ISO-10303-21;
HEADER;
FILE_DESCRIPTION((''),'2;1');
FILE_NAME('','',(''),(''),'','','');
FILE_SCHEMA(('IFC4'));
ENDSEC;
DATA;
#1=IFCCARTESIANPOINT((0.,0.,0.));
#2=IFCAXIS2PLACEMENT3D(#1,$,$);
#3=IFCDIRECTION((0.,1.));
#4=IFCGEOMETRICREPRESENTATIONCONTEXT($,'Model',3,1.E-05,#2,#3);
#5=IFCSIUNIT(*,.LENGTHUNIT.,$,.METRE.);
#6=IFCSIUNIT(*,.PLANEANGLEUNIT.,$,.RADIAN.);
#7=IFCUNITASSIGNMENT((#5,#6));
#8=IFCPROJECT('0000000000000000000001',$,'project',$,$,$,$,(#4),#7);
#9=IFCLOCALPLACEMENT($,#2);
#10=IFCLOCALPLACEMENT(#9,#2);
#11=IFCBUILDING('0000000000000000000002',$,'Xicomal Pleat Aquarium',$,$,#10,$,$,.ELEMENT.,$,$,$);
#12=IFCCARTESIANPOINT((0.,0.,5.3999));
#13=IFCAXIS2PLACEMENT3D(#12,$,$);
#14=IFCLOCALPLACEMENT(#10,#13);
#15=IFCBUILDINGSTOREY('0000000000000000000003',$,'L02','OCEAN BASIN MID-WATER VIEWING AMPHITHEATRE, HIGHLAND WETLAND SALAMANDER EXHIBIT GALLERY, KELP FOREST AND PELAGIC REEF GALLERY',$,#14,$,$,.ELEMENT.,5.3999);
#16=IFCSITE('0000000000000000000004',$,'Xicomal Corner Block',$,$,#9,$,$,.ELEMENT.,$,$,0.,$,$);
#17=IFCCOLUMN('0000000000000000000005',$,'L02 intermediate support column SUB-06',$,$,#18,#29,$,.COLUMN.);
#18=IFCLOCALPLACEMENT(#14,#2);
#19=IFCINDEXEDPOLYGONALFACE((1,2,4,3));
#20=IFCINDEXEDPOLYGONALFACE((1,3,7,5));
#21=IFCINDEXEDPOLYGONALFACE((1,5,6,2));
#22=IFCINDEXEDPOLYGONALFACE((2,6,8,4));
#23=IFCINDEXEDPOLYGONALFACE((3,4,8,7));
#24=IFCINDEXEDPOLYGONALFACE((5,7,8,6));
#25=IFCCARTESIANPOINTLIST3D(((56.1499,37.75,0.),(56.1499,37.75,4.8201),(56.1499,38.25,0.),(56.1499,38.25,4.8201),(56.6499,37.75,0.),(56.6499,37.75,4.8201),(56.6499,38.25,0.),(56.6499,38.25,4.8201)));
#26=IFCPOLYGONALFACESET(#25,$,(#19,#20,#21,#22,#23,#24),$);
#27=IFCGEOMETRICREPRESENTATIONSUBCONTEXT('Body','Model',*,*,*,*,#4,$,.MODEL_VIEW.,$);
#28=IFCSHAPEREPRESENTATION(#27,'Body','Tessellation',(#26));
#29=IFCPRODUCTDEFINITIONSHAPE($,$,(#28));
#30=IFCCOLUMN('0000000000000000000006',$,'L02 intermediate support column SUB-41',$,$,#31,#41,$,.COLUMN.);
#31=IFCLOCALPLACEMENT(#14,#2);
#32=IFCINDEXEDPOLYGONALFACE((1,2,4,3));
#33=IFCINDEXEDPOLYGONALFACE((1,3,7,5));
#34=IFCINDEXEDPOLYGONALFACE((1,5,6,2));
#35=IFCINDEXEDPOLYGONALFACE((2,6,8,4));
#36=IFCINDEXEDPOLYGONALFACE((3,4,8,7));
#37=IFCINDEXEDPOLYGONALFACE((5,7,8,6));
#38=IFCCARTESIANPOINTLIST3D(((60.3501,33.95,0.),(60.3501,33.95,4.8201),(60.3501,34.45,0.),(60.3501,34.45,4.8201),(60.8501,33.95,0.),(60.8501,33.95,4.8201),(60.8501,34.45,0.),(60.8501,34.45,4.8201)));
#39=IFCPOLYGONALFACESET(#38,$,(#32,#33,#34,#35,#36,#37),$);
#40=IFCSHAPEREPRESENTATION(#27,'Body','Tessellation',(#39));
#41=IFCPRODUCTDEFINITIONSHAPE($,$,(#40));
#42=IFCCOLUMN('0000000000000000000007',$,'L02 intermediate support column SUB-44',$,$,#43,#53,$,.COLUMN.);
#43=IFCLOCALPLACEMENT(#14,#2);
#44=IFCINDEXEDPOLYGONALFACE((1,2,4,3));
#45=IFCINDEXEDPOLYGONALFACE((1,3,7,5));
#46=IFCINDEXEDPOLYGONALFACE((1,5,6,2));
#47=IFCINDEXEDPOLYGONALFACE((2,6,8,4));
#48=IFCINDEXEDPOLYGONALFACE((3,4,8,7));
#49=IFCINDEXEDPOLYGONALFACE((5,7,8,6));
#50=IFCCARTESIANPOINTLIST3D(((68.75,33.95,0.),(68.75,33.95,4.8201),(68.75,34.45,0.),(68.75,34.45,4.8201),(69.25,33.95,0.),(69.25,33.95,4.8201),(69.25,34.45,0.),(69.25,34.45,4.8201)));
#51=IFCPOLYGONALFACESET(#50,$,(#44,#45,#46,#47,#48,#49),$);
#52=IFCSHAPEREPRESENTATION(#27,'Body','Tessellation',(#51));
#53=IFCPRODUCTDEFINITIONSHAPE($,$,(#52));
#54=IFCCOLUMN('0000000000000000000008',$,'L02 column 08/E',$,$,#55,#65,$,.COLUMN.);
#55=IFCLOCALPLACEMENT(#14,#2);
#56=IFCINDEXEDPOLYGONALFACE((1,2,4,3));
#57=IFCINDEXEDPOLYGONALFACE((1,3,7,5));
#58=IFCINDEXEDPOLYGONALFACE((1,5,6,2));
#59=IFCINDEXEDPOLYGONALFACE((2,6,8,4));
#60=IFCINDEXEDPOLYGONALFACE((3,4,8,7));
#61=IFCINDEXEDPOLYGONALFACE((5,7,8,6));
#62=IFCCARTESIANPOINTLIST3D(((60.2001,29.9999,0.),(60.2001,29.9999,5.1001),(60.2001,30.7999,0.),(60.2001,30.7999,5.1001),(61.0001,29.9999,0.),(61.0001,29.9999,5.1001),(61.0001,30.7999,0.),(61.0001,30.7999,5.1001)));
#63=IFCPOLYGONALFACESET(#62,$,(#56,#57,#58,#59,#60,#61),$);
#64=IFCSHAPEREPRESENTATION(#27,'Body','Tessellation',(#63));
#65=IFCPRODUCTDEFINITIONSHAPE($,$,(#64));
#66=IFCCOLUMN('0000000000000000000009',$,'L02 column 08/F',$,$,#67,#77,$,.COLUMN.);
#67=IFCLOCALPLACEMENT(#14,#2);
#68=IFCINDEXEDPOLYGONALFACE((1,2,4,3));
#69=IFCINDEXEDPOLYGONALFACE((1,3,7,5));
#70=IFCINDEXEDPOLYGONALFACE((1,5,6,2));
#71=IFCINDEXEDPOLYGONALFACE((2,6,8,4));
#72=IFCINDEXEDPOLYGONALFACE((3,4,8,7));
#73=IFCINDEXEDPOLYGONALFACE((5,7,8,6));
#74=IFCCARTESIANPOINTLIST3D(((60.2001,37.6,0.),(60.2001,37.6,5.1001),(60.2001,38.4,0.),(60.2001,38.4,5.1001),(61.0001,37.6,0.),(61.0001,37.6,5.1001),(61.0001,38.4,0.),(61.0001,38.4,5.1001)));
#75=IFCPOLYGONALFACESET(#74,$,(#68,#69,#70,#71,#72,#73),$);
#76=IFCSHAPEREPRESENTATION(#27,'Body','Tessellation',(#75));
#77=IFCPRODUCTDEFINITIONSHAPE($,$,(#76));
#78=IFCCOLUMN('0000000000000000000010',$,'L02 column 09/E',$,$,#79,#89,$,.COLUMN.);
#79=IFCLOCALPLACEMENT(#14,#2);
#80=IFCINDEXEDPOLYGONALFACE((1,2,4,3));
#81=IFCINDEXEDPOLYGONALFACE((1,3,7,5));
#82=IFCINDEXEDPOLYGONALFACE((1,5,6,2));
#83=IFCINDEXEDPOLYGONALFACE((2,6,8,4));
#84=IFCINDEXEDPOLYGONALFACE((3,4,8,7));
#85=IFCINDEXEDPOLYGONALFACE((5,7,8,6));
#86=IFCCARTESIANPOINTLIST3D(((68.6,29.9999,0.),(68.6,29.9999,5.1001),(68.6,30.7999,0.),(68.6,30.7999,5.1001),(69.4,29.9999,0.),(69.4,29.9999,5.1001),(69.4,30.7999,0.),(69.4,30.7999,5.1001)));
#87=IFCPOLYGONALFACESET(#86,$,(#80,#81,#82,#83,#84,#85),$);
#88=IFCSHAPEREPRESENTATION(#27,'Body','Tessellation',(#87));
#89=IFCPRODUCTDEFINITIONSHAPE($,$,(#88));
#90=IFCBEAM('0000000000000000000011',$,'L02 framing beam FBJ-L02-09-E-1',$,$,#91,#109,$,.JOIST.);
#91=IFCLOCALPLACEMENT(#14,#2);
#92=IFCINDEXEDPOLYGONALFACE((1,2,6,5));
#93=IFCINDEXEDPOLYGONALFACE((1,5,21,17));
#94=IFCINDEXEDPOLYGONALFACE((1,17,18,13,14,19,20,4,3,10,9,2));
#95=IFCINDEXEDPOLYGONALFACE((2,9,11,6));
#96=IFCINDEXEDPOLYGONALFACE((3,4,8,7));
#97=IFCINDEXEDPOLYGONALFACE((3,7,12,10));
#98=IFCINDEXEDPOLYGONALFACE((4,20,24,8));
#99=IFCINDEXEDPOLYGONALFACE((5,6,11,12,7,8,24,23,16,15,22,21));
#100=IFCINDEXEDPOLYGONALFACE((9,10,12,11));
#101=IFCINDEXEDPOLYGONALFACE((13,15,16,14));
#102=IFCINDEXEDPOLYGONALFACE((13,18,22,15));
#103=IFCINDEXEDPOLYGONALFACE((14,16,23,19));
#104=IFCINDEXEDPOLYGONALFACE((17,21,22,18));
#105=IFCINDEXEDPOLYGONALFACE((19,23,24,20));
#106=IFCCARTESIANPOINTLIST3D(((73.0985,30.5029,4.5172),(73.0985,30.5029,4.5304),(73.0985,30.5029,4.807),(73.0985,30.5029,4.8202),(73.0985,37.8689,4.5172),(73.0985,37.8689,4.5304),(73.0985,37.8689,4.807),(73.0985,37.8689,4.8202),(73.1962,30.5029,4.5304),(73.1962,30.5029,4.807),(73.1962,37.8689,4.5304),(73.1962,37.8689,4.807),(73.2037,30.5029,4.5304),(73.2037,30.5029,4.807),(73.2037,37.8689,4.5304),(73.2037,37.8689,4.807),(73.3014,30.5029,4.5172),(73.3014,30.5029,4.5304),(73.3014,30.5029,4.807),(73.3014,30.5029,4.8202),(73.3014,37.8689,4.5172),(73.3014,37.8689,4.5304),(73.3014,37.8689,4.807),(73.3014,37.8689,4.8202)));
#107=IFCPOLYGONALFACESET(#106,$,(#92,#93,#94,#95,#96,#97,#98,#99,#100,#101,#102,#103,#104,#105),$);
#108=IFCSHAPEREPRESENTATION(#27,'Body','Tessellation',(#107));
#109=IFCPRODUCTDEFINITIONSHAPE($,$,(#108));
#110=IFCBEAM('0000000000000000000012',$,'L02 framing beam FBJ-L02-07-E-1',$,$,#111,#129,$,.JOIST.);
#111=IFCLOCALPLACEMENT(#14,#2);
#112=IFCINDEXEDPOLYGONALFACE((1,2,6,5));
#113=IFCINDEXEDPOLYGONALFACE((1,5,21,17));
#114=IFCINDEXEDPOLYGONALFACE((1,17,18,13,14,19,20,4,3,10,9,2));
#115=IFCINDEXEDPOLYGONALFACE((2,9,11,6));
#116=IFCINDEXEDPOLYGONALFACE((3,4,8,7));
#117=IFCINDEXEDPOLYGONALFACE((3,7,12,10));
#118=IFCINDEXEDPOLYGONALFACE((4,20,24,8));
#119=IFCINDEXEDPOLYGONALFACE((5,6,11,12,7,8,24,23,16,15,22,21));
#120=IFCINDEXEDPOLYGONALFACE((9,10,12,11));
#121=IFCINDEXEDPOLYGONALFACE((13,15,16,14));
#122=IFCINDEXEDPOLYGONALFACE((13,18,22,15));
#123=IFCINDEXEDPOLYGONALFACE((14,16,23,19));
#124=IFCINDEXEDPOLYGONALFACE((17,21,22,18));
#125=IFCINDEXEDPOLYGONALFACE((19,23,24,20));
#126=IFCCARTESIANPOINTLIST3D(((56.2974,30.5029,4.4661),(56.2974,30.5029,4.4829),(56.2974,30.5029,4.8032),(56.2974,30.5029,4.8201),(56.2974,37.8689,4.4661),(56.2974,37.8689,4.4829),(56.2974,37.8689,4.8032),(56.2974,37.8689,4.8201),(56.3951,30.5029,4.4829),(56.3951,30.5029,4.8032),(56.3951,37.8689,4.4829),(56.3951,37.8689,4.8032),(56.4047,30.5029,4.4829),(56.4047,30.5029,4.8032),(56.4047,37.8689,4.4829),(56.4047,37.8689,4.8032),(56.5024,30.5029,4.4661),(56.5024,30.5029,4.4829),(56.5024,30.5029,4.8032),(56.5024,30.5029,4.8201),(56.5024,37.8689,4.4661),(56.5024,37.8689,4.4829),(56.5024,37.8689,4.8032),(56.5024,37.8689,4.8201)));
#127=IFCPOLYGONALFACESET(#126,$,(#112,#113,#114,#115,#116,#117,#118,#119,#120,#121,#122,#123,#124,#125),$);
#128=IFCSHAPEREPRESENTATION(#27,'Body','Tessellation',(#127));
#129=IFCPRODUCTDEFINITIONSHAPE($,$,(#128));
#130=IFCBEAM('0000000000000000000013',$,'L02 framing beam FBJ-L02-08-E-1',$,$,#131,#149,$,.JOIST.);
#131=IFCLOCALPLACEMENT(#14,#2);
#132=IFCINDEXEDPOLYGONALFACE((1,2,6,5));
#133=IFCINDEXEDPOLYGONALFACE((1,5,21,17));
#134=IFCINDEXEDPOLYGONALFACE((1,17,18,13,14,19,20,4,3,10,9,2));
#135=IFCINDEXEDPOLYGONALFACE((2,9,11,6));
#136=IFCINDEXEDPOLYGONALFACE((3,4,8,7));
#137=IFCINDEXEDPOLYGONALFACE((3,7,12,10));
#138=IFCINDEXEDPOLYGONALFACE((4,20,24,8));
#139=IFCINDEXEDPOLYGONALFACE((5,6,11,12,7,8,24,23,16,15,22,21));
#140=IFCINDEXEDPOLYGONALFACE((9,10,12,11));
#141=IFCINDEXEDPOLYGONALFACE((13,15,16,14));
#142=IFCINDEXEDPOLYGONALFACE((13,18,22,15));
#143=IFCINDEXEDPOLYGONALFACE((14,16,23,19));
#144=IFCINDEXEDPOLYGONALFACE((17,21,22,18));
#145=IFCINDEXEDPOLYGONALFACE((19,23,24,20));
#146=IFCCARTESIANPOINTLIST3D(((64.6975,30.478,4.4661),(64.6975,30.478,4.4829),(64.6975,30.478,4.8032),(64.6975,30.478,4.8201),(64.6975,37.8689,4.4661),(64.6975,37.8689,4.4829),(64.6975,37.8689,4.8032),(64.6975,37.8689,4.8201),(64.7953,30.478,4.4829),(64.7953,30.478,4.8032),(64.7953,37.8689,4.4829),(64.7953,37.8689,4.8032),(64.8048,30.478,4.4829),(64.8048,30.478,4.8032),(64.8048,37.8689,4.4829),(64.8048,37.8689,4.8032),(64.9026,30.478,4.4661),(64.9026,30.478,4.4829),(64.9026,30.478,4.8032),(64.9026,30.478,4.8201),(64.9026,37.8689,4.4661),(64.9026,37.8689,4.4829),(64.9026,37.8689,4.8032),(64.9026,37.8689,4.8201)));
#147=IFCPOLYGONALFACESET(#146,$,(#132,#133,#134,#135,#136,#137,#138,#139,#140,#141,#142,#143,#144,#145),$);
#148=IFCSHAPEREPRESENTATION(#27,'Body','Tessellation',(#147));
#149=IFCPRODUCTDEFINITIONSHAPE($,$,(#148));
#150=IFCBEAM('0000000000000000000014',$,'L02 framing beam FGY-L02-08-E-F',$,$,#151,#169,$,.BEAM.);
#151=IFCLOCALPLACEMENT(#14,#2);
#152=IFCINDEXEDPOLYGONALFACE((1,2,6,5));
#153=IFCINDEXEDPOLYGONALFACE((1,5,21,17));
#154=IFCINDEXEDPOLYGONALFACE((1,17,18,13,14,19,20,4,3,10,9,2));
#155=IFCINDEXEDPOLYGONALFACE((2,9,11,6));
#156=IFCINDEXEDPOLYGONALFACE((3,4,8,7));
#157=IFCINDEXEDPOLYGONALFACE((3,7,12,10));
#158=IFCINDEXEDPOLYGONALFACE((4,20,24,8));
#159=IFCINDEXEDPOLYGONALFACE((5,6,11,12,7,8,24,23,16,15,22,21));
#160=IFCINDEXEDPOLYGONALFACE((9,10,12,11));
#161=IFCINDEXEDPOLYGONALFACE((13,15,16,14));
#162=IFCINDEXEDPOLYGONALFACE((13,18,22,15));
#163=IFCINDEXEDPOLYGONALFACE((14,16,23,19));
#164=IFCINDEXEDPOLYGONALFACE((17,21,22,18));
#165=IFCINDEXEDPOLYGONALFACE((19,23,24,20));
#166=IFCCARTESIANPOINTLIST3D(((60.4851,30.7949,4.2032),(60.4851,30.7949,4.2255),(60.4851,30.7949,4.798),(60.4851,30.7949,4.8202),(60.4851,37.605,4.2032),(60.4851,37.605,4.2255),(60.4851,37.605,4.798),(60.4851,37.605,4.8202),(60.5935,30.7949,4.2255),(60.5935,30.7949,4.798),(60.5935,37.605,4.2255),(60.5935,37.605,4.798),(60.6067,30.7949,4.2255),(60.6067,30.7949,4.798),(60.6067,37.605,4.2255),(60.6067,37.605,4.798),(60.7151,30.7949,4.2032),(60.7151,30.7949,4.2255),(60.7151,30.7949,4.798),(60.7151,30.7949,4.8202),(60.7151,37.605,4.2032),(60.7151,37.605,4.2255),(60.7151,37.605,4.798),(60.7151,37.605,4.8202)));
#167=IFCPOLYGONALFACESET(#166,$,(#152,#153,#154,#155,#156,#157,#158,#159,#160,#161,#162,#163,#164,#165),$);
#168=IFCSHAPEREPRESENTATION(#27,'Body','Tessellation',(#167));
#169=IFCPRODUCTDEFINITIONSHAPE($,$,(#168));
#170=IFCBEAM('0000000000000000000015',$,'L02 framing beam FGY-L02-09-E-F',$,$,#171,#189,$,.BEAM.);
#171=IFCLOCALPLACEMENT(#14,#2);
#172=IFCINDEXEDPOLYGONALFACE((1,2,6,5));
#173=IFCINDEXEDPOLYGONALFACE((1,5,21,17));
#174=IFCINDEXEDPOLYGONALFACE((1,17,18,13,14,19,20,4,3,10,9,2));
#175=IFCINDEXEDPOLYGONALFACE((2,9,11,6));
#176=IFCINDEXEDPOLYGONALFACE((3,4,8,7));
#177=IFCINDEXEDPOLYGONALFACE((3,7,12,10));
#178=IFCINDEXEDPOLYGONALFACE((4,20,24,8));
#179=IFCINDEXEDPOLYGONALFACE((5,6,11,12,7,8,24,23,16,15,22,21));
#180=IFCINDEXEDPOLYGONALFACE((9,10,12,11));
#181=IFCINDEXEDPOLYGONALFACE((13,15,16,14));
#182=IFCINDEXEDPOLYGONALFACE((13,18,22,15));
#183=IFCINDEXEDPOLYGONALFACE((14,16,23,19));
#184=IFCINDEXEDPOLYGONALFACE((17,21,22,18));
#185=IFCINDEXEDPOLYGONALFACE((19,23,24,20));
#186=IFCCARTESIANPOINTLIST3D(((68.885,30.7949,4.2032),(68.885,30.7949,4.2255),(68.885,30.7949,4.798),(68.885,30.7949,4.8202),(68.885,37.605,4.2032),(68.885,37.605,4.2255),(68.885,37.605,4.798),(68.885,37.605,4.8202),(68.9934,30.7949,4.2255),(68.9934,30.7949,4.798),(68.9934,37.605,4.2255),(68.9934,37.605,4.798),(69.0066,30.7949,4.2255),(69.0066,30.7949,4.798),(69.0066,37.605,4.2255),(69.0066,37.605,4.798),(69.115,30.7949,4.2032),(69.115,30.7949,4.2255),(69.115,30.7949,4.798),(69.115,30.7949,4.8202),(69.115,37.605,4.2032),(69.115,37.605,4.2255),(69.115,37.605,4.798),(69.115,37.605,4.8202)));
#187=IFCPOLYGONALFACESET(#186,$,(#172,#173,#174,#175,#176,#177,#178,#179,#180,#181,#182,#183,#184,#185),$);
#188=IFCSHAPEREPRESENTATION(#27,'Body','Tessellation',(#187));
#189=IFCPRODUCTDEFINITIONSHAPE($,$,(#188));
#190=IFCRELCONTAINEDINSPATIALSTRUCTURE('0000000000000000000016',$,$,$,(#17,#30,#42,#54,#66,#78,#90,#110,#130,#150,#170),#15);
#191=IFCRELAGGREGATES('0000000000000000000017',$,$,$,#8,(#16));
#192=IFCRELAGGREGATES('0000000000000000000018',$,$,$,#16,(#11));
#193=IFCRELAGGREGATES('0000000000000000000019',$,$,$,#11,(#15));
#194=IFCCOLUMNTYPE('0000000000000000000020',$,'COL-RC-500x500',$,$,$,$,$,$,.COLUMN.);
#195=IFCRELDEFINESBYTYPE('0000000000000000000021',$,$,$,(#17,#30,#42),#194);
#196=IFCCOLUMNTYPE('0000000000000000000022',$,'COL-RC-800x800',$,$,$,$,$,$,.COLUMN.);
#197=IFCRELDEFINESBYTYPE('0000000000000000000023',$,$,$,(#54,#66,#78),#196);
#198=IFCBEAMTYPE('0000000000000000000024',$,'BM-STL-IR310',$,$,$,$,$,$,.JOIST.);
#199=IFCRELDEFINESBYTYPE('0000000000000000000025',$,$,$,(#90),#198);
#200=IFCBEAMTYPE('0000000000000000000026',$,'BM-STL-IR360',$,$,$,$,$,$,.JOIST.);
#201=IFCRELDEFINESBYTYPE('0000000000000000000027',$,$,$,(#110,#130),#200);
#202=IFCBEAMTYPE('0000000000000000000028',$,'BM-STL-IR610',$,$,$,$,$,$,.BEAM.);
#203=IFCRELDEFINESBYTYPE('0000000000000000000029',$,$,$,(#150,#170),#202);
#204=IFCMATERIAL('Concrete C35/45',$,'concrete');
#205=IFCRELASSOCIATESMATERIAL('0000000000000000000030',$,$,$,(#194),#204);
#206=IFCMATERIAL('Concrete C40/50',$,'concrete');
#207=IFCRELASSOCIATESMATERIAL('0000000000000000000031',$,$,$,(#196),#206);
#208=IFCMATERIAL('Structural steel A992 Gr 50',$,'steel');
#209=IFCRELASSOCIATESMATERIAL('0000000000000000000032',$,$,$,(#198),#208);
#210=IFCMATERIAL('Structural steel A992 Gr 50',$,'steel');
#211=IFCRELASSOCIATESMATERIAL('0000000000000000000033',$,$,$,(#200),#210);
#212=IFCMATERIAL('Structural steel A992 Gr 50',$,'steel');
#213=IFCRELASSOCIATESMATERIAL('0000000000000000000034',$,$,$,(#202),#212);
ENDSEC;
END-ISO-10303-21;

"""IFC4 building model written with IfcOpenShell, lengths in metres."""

from ifc_helpers import new_model, si_unit, direction, frame, origin, origin_2d, place, context, subcontext, project, spatial, rectangle, i_section, extrude, material, material_profile, profile_set, type_object, element, save


model = new_model("IFC4")

# Units and contexts
model_context = context("Model", 3, precision=1e-05, world=origin(), true_north=direction((0.0, 1.0)))
body_context = subcontext(model_context, "Body", "Model", "MODEL_VIEW")
ifc_project = project(units=[si_unit("LENGTHUNIT", "METRE"), si_unit("PLANEANGLEUNIT", "RADIAN")], contexts=[model_context])

# Site, building, storey
site_placement = place(None, origin())
site = spatial("IfcSite", under=ifc_project, at=site_placement, Name="Xicomal Corner Block", CompositionType="ELEMENT", RefElevation=0.0)
building_placement = place(site_placement, origin())
building = spatial("IfcBuilding", under=site, at=building_placement, Name="Xicomal Pleat Aquarium", CompositionType="ELEMENT")
storey_placement = place(building_placement, frame((0.0, 0.0, 5.3999)))
storey = spatial("IfcBuildingStorey", under=building, at=storey_placement, Name="L02", Description="OCEAN BASIN MID-WATER VIEWING AMPHITHEATRE, HIGHLAND WETLAND SALAMANDER EXHIBIT GALLERY, KELP FOREST AND PELAGIC REEF GALLERY", CompositionType="ELEMENT", Elevation=5.3999)

# Columns
ifc_material_1 = material(Name="Concrete C35/45", Category="concrete")
ifc_material_profile_1 = material_profile(ifc_material_1, rectangle(XDim=0.5, YDim=0.5, at=origin_2d()), Name="RC 500x500")
ifc_profile_set_1 = profile_set([ifc_material_profile_1], Name="Concrete C35/45")
column_type_1 = type_object("IfcColumnType", Name="COL-RC-500x500", PredefinedType="COLUMN", material=ifc_profile_set_1)
for number, where, z_axis, x_axis, name in (
    (1, (56.3999, 38.0, 0.0), (0.0, 0.0, 1.0), (1.0, 0.0, 0.0), "L02 intermediate support column SUB-06"),
    (2, (60.6001, 34.2, 0.0), (0.0, 0.0, 1.0), (1.0, 0.0, 0.0), "L02 intermediate support column SUB-41"),
    (3, (69.0, 34.2, 0.0), (0.0, 0.0, 1.0), (1.0, 0.0, 0.0), "L02 intermediate support column SUB-44"),
):
    element("IfcColumn", number, at=place(storey_placement, frame(where, z_axis=z_axis, x_axis=x_axis)), inside=storey, type_object=column_type_1, Name=name, PredefinedType="COLUMN", context=body_context, shape_type="SweptSolid", body=[
        extrude(rectangle(XDim=0.5, YDim=0.5, at=origin_2d()), origin(), (0.0, 0.0, 1.0), 4.8201),
    ])
ifc_material_2 = material(Name="Concrete C40/50", Category="concrete")
ifc_material_profile_2 = material_profile(ifc_material_2, rectangle(XDim=0.8, YDim=0.8, at=origin_2d()), Name="RC 800x800")
ifc_profile_set_2 = profile_set([ifc_material_profile_2], Name="Concrete C40/50")
column_type_2 = type_object("IfcColumnType", Name="COL-RC-800x800", PredefinedType="COLUMN", material=ifc_profile_set_2)
for number, where, z_axis, x_axis, name in (
    (4, (60.6001, 30.3999, 0.0), (0.0, 0.0, 1.0), (1.0, 0.0, 0.0), "L02 column 08/E"),
    (5, (60.6001, 38.0, 0.0), (0.0, 0.0, 1.0), (1.0, 0.0, 0.0), "L02 column 08/F"),
    (6, (69.0, 30.3999, 0.0), (0.0, 0.0, 1.0), (1.0, 0.0, 0.0), "L02 column 09/E"),
):
    element("IfcColumn", number, at=place(storey_placement, frame(where, z_axis=z_axis, x_axis=x_axis)), inside=storey, type_object=column_type_2, Name=name, PredefinedType="COLUMN", context=body_context, shape_type="SweptSolid", body=[
        extrude(rectangle(XDim=0.8, YDim=0.8, at=origin_2d()), origin(), (0.0, 0.0, 1.0), 5.1001),
    ])

# Beams
ifc_material_3 = material(Name="Structural steel A992 Gr 50", Category="steel")
ifc_material_profile_3 = material_profile(ifc_material_3, i_section(OverallWidth=0.2029, OverallDepth=0.303, WebThickness=0.0076, FlangeThickness=0.0132, at=origin_2d()), Name="IR 310x60")
ifc_profile_set_3 = profile_set([ifc_material_profile_3], Name="Structural steel A992 Gr 50")
beam_type_1 = type_object("IfcBeamType", Name="BM-STL-IR310", PredefinedType="JOIST", material=ifc_profile_set_3)
beam_1_placement = place(storey_placement, frame((73.2, 30.5029, 4.6687), z_axis=(0.0, 1.0, 0.0), x_axis=(-1.0, 0.0, 0.0)))
element("IfcBeam", 7, at=beam_1_placement, inside=storey, type_object=beam_type_1, Name="L02 framing beam FBJ-L02-09-E-1", PredefinedType="JOIST", context=body_context, shape_type="SweptSolid", body=[
    extrude(i_section(OverallWidth=0.2029, OverallDepth=0.303, WebThickness=0.0076, FlangeThickness=0.0132, at=origin_2d()), origin(), (0.0, 0.0, 1.0), 7.366),
])
ifc_material_4 = material(Name="Structural steel A992 Gr 50", Category="steel")
ifc_material_profile_4 = material_profile(ifc_material_4, i_section(OverallWidth=0.2051, OverallDepth=0.354, WebThickness=0.0095, FlangeThickness=0.0168, at=origin_2d()), Name="IR 360x79")
ifc_profile_set_4 = profile_set([ifc_material_profile_4], Name="Structural steel A992 Gr 50")
beam_type_2 = type_object("IfcBeamType", Name="BM-STL-IR360", PredefinedType="JOIST", material=ifc_profile_set_4)
beam_2_placement = place(storey_placement, frame((56.3999, 30.5029, 4.6431), z_axis=(0.0, 1.0, 0.0), x_axis=(-1.0, 0.0, 0.0)))
element("IfcBeam", 8, at=beam_2_placement, inside=storey, type_object=beam_type_2, Name="L02 framing beam FBJ-L02-07-E-1", PredefinedType="JOIST", context=body_context, shape_type="SweptSolid", body=[
    extrude(i_section(OverallWidth=0.2051, OverallDepth=0.354, WebThickness=0.0095, FlangeThickness=0.0168, at=origin_2d()), origin(), (0.0, 0.0, 1.0), 7.366),
])
beam_3_placement = place(storey_placement, frame((64.8, 30.478, 4.6431), z_axis=(0.0, 1.0, 0.0), x_axis=(-1.0, 0.0, 0.0)))
element("IfcBeam", 9, at=beam_3_placement, inside=storey, type_object=beam_type_2, Name="L02 framing beam FBJ-L02-08-E-1", PredefinedType="JOIST", context=body_context, shape_type="SweptSolid", body=[
    extrude(i_section(OverallWidth=0.2051, OverallDepth=0.354, WebThickness=0.0095, FlangeThickness=0.0168, at=origin_2d()), origin(), (0.0, 0.0, 1.0), 7.3909),
])
ifc_material_5 = material(Name="Structural steel A992 Gr 50", Category="steel")
ifc_material_profile_5 = material_profile(ifc_material_5, i_section(OverallWidth=0.23, OverallDepth=0.6169, WebThickness=0.0132, FlangeThickness=0.0222, at=origin_2d()), Name="IR 610x140")
ifc_profile_set_5 = profile_set([ifc_material_profile_5], Name="Structural steel A992 Gr 50")
beam_type_3 = type_object("IfcBeamType", Name="BM-STL-IR610", PredefinedType="BEAM", material=ifc_profile_set_5)
for number, where, z_axis, x_axis, name in (
    (10, (60.6001, 30.7949, 4.5117), (0.0, 1.0, 0.0), (-1.0, 0.0, 0.0), "L02 framing beam FGY-L02-08-E-F"),
    (11, (69.0, 30.7949, 4.5117), (0.0, 1.0, 0.0), (-1.0, 0.0, 0.0), "L02 framing beam FGY-L02-09-E-F"),
):
    element("IfcBeam", number, at=place(storey_placement, frame(where, z_axis=z_axis, x_axis=x_axis)), inside=storey, type_object=beam_type_3, Name=name, PredefinedType="BEAM", context=body_context, shape_type="SweptSolid", body=[
        extrude(i_section(OverallWidth=0.23, OverallDepth=0.6169, WebThickness=0.0132, FlangeThickness=0.0222, at=origin_2d()), origin(), (0.0, 0.0, 1.0), 6.8101),
    ])

save(model, "model.ifc")
